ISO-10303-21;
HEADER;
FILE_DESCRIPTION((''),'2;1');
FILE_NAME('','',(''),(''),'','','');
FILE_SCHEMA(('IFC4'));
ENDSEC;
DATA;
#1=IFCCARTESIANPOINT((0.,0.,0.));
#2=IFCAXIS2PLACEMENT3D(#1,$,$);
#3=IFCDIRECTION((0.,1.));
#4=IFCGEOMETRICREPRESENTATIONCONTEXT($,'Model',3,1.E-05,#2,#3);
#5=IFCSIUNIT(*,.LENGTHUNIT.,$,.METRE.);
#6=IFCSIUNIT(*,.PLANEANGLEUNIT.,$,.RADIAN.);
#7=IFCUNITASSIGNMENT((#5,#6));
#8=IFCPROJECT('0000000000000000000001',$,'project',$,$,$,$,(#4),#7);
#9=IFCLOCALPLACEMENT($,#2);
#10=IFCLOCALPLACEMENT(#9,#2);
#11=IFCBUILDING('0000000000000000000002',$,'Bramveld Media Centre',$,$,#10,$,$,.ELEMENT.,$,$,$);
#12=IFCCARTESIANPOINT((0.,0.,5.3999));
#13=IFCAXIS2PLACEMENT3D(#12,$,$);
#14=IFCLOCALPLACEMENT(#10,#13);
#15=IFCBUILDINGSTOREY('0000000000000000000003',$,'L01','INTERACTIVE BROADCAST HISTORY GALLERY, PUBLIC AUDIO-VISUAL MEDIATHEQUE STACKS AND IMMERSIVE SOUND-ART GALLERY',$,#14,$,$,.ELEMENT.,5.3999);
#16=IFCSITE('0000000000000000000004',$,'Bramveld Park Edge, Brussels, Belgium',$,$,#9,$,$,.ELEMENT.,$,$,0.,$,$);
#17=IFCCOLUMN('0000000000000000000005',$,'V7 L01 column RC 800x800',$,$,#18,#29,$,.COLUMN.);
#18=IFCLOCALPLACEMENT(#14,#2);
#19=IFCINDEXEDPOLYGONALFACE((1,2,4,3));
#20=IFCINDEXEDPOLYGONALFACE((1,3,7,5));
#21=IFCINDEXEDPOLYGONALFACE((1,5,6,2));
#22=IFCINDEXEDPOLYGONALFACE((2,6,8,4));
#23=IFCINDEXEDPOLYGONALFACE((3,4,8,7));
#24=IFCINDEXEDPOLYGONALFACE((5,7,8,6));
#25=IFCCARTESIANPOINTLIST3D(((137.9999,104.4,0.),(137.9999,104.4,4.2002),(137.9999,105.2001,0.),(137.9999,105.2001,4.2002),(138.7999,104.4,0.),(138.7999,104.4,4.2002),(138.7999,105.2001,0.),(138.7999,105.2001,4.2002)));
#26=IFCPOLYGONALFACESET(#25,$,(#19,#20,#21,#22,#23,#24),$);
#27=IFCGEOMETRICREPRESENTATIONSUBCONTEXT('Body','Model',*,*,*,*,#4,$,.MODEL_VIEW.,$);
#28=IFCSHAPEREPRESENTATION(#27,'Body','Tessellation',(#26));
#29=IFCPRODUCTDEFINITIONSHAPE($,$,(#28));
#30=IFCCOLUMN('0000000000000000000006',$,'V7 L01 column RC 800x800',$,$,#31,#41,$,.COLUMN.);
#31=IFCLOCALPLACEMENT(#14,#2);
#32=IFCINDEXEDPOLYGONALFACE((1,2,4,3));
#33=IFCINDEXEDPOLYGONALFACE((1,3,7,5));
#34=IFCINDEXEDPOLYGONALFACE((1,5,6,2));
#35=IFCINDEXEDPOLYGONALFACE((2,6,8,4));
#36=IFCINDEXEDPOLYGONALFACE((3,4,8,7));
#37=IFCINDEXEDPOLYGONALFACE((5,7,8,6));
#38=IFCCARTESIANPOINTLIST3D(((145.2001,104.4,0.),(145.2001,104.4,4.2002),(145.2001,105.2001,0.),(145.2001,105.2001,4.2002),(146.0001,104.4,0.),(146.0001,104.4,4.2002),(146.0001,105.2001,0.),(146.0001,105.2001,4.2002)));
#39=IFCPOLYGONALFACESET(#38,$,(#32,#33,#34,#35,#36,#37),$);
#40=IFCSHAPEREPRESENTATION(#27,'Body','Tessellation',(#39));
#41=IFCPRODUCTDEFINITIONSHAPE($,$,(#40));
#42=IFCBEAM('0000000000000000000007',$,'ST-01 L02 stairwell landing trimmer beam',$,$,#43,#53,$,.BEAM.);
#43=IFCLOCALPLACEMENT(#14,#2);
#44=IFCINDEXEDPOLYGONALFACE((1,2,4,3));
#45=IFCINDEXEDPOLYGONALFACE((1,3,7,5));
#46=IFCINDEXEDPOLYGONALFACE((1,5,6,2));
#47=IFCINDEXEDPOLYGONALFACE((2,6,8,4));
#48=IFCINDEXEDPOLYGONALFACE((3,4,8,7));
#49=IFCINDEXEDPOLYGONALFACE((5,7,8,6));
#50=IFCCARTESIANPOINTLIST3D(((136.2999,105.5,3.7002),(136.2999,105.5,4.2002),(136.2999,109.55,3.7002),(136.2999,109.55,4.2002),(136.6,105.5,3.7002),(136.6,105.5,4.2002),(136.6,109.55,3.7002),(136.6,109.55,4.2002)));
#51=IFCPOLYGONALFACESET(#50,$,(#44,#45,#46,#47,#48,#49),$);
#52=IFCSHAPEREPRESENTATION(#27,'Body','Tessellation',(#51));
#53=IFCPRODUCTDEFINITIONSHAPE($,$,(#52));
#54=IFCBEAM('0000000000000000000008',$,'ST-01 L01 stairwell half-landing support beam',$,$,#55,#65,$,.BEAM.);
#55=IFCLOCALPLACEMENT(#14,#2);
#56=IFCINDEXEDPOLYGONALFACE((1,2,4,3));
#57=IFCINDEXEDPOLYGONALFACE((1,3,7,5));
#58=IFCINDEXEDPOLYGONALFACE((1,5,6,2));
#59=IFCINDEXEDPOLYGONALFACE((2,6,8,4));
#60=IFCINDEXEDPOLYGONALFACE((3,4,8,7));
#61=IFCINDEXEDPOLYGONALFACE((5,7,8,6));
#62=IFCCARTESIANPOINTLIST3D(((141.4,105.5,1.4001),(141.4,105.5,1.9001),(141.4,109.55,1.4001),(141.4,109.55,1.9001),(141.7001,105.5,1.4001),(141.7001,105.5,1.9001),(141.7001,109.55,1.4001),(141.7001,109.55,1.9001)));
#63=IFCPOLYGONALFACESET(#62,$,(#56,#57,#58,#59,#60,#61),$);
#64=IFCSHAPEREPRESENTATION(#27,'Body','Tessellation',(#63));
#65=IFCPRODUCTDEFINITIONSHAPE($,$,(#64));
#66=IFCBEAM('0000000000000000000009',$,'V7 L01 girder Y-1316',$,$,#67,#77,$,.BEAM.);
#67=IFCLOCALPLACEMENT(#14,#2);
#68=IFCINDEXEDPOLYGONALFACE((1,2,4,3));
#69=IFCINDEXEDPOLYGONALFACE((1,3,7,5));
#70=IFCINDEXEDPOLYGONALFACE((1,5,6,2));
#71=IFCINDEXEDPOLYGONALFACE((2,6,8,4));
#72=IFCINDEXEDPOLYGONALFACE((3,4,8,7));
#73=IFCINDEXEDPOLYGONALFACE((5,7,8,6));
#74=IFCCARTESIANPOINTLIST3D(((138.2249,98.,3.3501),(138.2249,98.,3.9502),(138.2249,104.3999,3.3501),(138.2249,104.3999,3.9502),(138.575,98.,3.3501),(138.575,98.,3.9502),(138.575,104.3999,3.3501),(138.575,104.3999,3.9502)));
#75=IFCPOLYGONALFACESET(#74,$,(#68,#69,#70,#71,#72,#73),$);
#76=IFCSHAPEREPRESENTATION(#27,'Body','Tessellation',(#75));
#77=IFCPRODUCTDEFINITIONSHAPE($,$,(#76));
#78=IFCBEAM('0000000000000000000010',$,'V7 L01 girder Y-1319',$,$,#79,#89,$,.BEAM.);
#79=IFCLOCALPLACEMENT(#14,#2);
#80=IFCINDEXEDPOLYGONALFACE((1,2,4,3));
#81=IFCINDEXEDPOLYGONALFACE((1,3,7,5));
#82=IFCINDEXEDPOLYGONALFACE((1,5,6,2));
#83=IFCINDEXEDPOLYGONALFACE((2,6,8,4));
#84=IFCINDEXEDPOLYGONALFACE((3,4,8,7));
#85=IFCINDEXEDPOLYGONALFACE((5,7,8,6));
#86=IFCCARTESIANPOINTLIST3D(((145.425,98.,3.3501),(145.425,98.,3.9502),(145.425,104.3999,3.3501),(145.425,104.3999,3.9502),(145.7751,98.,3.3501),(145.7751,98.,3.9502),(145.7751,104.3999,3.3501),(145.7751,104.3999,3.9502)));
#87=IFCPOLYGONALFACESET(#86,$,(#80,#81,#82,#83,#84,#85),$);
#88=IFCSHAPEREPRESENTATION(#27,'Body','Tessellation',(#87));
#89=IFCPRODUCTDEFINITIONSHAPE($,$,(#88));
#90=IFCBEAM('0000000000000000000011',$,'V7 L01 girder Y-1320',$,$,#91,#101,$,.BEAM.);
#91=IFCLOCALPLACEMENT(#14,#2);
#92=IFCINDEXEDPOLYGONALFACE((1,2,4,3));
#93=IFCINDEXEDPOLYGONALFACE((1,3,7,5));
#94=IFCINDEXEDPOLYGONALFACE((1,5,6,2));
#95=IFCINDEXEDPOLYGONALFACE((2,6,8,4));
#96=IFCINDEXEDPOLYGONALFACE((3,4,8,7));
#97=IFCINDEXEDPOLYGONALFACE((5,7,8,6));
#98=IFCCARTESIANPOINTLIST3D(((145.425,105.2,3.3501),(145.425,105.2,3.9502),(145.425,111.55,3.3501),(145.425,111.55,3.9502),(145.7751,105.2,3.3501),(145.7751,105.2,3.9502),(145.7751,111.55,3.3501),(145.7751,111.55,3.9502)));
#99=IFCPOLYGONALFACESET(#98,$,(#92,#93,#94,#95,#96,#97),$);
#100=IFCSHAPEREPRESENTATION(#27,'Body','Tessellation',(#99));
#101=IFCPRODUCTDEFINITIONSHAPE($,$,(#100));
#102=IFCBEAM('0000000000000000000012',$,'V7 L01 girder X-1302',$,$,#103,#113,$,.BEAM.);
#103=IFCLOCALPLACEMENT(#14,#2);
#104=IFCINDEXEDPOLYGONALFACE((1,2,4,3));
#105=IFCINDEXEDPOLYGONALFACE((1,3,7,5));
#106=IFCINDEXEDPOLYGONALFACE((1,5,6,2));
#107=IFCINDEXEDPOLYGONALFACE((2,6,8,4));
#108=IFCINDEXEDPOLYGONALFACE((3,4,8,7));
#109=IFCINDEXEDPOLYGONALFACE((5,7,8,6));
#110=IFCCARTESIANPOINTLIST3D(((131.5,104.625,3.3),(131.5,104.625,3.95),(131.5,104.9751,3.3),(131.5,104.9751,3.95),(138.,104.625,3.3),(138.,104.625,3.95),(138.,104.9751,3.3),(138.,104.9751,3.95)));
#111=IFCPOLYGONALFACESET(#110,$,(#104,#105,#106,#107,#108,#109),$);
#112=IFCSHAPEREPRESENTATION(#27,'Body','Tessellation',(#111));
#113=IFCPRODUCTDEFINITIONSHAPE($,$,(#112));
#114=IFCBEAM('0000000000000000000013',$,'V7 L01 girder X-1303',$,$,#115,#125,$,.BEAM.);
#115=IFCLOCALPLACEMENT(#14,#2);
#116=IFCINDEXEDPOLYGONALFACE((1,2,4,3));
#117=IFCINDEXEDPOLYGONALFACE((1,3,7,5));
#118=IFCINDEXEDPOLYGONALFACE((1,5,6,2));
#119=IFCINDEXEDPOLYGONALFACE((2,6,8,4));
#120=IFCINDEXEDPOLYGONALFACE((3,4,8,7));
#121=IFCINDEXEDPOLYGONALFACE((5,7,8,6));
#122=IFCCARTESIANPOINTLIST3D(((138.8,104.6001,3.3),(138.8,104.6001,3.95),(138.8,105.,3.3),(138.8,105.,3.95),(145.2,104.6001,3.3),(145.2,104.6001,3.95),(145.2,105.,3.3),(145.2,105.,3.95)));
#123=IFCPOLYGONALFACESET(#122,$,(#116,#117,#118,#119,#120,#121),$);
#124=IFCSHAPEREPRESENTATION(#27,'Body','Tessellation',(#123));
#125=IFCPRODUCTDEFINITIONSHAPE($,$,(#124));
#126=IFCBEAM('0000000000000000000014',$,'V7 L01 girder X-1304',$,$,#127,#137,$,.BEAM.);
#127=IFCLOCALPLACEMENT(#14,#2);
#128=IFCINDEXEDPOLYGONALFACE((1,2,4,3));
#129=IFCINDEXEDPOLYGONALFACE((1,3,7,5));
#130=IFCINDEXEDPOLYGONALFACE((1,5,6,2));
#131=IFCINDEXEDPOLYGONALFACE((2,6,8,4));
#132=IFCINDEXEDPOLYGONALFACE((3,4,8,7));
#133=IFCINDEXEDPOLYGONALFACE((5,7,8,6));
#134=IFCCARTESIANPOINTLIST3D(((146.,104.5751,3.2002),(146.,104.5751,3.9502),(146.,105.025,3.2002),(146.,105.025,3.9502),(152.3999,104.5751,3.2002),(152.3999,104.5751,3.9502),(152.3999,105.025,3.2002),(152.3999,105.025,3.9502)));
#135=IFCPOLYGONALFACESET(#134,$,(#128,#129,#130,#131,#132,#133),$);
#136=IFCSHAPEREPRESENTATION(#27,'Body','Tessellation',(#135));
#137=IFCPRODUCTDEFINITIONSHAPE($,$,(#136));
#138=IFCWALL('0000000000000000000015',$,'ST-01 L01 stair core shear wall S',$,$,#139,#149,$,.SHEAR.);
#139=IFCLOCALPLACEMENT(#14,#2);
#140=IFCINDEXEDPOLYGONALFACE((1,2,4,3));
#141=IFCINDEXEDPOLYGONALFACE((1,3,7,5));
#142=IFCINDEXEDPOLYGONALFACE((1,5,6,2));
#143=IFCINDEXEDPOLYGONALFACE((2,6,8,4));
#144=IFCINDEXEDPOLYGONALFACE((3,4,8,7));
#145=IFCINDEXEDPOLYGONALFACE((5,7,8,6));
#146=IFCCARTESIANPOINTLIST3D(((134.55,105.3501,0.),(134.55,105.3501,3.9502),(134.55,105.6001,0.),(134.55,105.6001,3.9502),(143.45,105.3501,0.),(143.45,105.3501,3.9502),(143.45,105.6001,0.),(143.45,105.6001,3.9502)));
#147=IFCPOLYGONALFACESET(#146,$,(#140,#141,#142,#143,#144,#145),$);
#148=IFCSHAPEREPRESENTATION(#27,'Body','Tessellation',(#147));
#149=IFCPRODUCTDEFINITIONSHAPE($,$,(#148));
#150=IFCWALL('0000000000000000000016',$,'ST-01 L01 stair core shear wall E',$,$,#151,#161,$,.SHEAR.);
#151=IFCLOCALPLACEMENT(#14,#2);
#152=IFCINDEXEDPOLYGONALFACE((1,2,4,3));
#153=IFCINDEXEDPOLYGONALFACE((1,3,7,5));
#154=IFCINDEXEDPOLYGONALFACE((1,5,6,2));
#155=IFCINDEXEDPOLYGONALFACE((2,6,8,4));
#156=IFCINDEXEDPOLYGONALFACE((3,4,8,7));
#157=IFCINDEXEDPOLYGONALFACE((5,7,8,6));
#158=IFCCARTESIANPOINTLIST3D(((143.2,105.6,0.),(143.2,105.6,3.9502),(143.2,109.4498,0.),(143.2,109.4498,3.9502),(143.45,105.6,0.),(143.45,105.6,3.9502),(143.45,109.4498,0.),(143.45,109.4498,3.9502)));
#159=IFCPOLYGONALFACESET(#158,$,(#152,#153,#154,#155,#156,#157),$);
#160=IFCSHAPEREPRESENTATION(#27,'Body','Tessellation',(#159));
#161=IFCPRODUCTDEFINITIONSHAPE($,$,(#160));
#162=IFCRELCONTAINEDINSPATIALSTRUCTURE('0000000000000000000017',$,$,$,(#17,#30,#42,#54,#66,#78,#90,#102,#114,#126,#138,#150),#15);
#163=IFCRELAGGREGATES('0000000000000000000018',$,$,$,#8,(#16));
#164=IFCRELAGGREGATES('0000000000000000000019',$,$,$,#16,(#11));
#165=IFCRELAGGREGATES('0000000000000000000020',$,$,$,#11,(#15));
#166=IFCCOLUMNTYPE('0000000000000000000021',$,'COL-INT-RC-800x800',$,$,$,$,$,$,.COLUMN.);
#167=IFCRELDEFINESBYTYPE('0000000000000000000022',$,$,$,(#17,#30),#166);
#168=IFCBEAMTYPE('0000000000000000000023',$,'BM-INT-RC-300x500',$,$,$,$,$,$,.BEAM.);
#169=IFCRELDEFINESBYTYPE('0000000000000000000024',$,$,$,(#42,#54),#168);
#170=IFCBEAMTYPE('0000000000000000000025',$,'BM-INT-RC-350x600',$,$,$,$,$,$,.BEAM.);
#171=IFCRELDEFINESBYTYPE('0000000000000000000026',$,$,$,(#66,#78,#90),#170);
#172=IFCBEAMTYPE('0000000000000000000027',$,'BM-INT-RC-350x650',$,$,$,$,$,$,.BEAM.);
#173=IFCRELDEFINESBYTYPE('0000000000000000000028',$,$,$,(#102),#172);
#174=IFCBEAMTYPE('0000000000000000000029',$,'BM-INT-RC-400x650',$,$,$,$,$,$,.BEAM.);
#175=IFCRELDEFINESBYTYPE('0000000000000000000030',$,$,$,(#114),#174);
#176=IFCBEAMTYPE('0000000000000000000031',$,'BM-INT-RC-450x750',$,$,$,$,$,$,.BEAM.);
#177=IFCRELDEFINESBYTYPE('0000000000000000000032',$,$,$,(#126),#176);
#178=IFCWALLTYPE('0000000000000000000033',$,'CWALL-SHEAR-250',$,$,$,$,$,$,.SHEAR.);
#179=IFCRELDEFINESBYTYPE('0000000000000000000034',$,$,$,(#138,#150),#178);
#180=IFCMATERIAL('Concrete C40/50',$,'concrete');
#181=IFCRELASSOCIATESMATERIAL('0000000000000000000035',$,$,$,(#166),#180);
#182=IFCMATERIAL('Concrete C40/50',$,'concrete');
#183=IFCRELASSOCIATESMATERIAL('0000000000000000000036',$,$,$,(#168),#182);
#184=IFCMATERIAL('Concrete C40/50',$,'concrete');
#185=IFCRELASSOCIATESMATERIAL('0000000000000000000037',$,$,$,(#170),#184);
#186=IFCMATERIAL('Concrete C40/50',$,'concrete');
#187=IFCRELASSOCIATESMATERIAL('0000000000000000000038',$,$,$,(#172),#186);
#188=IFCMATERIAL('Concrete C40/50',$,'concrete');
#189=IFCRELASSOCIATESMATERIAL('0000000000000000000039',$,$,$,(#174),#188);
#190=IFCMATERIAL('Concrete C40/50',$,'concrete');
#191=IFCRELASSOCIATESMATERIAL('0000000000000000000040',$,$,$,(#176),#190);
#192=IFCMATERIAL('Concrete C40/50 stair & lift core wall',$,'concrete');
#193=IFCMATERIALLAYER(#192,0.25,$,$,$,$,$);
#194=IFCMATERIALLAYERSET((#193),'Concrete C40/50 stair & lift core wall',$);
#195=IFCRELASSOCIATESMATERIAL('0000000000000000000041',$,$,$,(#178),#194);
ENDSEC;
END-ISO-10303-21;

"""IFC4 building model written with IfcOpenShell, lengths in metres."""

from ifc_helpers import new_model, si_unit, direction, frame, frame_2d, origin, origin_2d, place, context, subcontext, project, spatial, rectangle, extrude, material, layer, layer_set, material_profile, profile_set, type_object, element, save


model = new_model("IFC4")

# Units and contexts
model_context = context("Model", 3, precision=1e-05, world=origin(), true_north=direction((0.0, 1.0)))
body_context = subcontext(model_context, "Body", "Model", "MODEL_VIEW")
ifc_project = project(units=[si_unit("LENGTHUNIT", "METRE"), si_unit("PLANEANGLEUNIT", "RADIAN")], contexts=[model_context])

# Site, building, storey
site_placement = place(None, origin())
site = spatial("IfcSite", under=ifc_project, at=site_placement, Name="Bramveld Park Edge, Brussels, Belgium", CompositionType="ELEMENT", RefElevation=0.0)
building_placement = place(site_placement, origin())
building = spatial("IfcBuilding", under=site, at=building_placement, Name="Bramveld Media Centre", CompositionType="ELEMENT")
storey_placement = place(building_placement, frame((0.0, 0.0, 5.3999)))
storey = spatial("IfcBuildingStorey", under=building, at=storey_placement, Name="L01", Description="INTERACTIVE BROADCAST HISTORY GALLERY, PUBLIC AUDIO-VISUAL MEDIATHEQUE STACKS AND IMMERSIVE SOUND-ART GALLERY", CompositionType="ELEMENT", Elevation=5.3999)

# Columns
ifc_material_1 = material(Name="Concrete C40/50", Category="concrete")
ifc_material_profile_1 = material_profile(ifc_material_1, rectangle(XDim=0.8, YDim=0.8, at=origin_2d()), Name="RC 800x800")
ifc_profile_set_1 = profile_set([ifc_material_profile_1], Name="Concrete C40/50")
column_type = type_object("IfcColumnType", Name="COL-INT-RC-800x800", PredefinedType="COLUMN", material=ifc_profile_set_1)
for number, where, z_axis, x_axis, name in (
    (1, (138.3999, 104.8, 0.0), (0.0, 0.0, 1.0), (1.0, 0.0, 0.0), "V7 L01 column RC 800x800"),
    (2, (145.6001, 104.8, 0.0), (0.0, 0.0, 1.0), (1.0, 0.0, 0.0), "V7 L01 column RC 800x800"),
):
    element("IfcColumn", number, at=place(storey_placement, frame(where, z_axis=z_axis, x_axis=x_axis)), inside=storey, type_object=column_type, Name=name, PredefinedType="COLUMN", context=body_context, shape_type="SweptSolid", body=[
        extrude(rectangle(XDim=0.8, YDim=0.8, at=origin_2d()), origin(), (0.0, 0.0, 1.0), 4.2002),
    ])

# Beams
ifc_material_2 = material(Name="Concrete C40/50", Category="concrete")
ifc_material_profile_2 = material_profile(ifc_material_2, rectangle(XDim=0.3, YDim=0.5, at=origin_2d()), Name="RC 300x500")
ifc_profile_set_2 = profile_set([ifc_material_profile_2], Name="Concrete C40/50")
beam_type_1 = type_object("IfcBeamType", Name="BM-INT-RC-300x500", PredefinedType="BEAM", material=ifc_profile_set_2)
for number, where, z_axis, x_axis, name in (
    (3, (136.45, 105.5, 3.9502), (0.0, 1.0, 0.0), (-1.0, 0.0, 0.0), "ST-01 L02 stairwell landing trimmer beam"),
    (4, (141.55, 105.5, 1.6501), (0.0, 1.0, 0.0), (-1.0, 0.0, 0.0), "ST-01 L01 stairwell half-landing support beam"),
):
    element("IfcBeam", number, at=place(storey_placement, frame(where, z_axis=z_axis, x_axis=x_axis)), inside=storey, type_object=beam_type_1, Name=name, PredefinedType="BEAM", context=body_context, shape_type="SweptSolid", body=[
        extrude(rectangle(XDim=0.3, YDim=0.5, at=origin_2d()), origin(), (0.0, 0.0, 1.0), 4.05),
    ])
ifc_material_3 = material(Name="Concrete C40/50", Category="concrete")
ifc_material_profile_3 = material_profile(ifc_material_3, rectangle(XDim=0.3501, YDim=0.6001, at=origin_2d()), Name="RC 350x600")
ifc_profile_set_3 = profile_set([ifc_material_profile_3], Name="Concrete C40/50")
beam_type_2 = type_object("IfcBeamType", Name="BM-INT-RC-350x600", PredefinedType="BEAM", material=ifc_profile_set_3)
for number, where, z_axis, x_axis, name in (
    (5, (138.3999, 98.0, 3.6501), (0.0, 1.0, 0.0), (-1.0, 0.0, 0.0), "V7 L01 girder Y-1316"),
    (6, (145.6001, 98.0, 3.6501), (0.0, 1.0, 0.0), (-1.0, 0.0, 0.0), "V7 L01 girder Y-1319"),
):
    element("IfcBeam", number, at=place(storey_placement, frame(where, z_axis=z_axis, x_axis=x_axis)), inside=storey, type_object=beam_type_2, Name=name, PredefinedType="BEAM", context=body_context, shape_type="SweptSolid", body=[
        extrude(rectangle(XDim=0.3501, YDim=0.6001, at=origin_2d()), origin(), (0.0, 0.0, 1.0), 6.3999),
    ])
beam_1_placement = place(storey_placement, frame((145.6001, 105.2, 3.6501), z_axis=(0.0, 1.0, 0.0), x_axis=(-1.0, 0.0, 0.0)))
element("IfcBeam", 7, at=beam_1_placement, inside=storey, type_object=beam_type_2, Name="V7 L01 girder Y-1320", PredefinedType="BEAM", context=body_context, shape_type="SweptSolid", body=[
    extrude(rectangle(XDim=0.3501, YDim=0.6001, at=origin_2d()), origin(), (0.0, 0.0, 1.0), 6.3501),
])
ifc_material_4 = material(Name="Concrete C40/50", Category="concrete")
ifc_material_profile_4 = material_profile(ifc_material_4, rectangle(XDim=0.3501, YDim=0.6499, at=origin_2d()), Name="RC 350x650")
ifc_profile_set_4 = profile_set([ifc_material_profile_4], Name="Concrete C40/50")
beam_type_3 = type_object("IfcBeamType", Name="BM-INT-RC-350x650", PredefinedType="BEAM", material=ifc_profile_set_4)
beam_2_placement = place(storey_placement, frame((131.5, 104.8, 3.625), z_axis=(1.0, 0.0, 0.0), x_axis=(0.0, 1.0, 0.0)))
element("IfcBeam", 8, at=beam_2_placement, inside=storey, type_object=beam_type_3, Name="V7 L01 girder X-1302", PredefinedType="BEAM", context=body_context, shape_type="SweptSolid", body=[
    extrude(rectangle(XDim=0.3501, YDim=0.6499, at=origin_2d()), origin(), (0.0, 0.0, 1.0), 6.5),
])
ifc_material_5 = material(Name="Concrete C40/50", Category="concrete")
ifc_material_profile_5 = material_profile(ifc_material_5, rectangle(XDim=0.3999, YDim=0.6499, at=origin_2d()), Name="RC 400x650")
ifc_profile_set_5 = profile_set([ifc_material_profile_5], Name="Concrete C40/50")
beam_type_4 = type_object("IfcBeamType", Name="BM-INT-RC-400x650", PredefinedType="BEAM", material=ifc_profile_set_5)
beam_3_placement = place(storey_placement, frame((138.8, 104.8, 3.625), z_axis=(1.0, 0.0, 0.0), x_axis=(0.0, 1.0, 0.0)))
element("IfcBeam", 9, at=beam_3_placement, inside=storey, type_object=beam_type_4, Name="V7 L01 girder X-1303", PredefinedType="BEAM", context=body_context, shape_type="SweptSolid", body=[
    extrude(rectangle(XDim=0.3999, YDim=0.6499, at=origin_2d()), origin(), (0.0, 0.0, 1.0), 6.3999),
])
ifc_material_6 = material(Name="Concrete C40/50", Category="concrete")
ifc_material_profile_6 = material_profile(ifc_material_6, rectangle(XDim=0.45, YDim=0.75, at=origin_2d()), Name="RC 450x750")
ifc_profile_set_6 = profile_set([ifc_material_profile_6], Name="Concrete C40/50")
beam_type_5 = type_object("IfcBeamType", Name="BM-INT-RC-450x750", PredefinedType="BEAM", material=ifc_profile_set_6)
beam_4_placement = place(storey_placement, frame((146.0, 104.8, 3.5752), z_axis=(1.0, 0.0, 0.0), x_axis=(0.0, 1.0, 0.0)))
element("IfcBeam", 10, at=beam_4_placement, inside=storey, type_object=beam_type_5, Name="V7 L01 girder X-1304", PredefinedType="BEAM", context=body_context, shape_type="SweptSolid", body=[
    extrude(rectangle(XDim=0.45, YDim=0.75, at=origin_2d()), origin(), (0.0, 0.0, 1.0), 6.3999),
])

# Walls
ifc_material_7 = material(Name="Concrete C40/50 stair & lift core wall", Category="concrete")
ifc_layer_1 = layer(ifc_material_7, 0.25)
ifc_layer_set_1 = layer_set([ifc_layer_1], Name="Concrete C40/50 stair & lift core wall")
wall_type_1 = type_object("IfcWallType", Name="CWALL-SHEAR-250", PredefinedType="SHEAR", material=ifc_layer_set_1)
wall_1_placement = place(storey_placement, frame((134.55, 105.4751, 0.0), z_axis=(0.0, 0.0, 1.0), x_axis=(1.0, 0.0, 0.0)))
element("IfcWall", 11, at=wall_1_placement, inside=storey, type_object=wall_type_1, Name="ST-01 L01 stair core shear wall S", PredefinedType="SHEAR", context=body_context, shape_type="SweptSolid", body=[
    extrude(rectangle(XDim=8.8999, YDim=0.25, at=frame_2d((4.45, 0.0))), origin(), (0.0, 0.0, 1.0), 3.9502),
])
wall_2_placement = place(storey_placement, frame((143.325, 105.6001, 0.0), z_axis=(0.0, 0.0, 1.0), x_axis=(0.0, 1.0, 0.0)))
element("IfcWall", 12, at=wall_2_placement, inside=storey, type_object=wall_type_1, Name="ST-01 L01 stair core shear wall E", PredefinedType="SHEAR", context=body_context, shape_type="SweptSolid", body=[
    extrude(rectangle(XDim=3.8499, YDim=0.25, at=frame_2d((1.9248, 0.0))), origin(), (0.0, 0.0, 1.0), 3.9502),
])

save(model, "model.ifc")
